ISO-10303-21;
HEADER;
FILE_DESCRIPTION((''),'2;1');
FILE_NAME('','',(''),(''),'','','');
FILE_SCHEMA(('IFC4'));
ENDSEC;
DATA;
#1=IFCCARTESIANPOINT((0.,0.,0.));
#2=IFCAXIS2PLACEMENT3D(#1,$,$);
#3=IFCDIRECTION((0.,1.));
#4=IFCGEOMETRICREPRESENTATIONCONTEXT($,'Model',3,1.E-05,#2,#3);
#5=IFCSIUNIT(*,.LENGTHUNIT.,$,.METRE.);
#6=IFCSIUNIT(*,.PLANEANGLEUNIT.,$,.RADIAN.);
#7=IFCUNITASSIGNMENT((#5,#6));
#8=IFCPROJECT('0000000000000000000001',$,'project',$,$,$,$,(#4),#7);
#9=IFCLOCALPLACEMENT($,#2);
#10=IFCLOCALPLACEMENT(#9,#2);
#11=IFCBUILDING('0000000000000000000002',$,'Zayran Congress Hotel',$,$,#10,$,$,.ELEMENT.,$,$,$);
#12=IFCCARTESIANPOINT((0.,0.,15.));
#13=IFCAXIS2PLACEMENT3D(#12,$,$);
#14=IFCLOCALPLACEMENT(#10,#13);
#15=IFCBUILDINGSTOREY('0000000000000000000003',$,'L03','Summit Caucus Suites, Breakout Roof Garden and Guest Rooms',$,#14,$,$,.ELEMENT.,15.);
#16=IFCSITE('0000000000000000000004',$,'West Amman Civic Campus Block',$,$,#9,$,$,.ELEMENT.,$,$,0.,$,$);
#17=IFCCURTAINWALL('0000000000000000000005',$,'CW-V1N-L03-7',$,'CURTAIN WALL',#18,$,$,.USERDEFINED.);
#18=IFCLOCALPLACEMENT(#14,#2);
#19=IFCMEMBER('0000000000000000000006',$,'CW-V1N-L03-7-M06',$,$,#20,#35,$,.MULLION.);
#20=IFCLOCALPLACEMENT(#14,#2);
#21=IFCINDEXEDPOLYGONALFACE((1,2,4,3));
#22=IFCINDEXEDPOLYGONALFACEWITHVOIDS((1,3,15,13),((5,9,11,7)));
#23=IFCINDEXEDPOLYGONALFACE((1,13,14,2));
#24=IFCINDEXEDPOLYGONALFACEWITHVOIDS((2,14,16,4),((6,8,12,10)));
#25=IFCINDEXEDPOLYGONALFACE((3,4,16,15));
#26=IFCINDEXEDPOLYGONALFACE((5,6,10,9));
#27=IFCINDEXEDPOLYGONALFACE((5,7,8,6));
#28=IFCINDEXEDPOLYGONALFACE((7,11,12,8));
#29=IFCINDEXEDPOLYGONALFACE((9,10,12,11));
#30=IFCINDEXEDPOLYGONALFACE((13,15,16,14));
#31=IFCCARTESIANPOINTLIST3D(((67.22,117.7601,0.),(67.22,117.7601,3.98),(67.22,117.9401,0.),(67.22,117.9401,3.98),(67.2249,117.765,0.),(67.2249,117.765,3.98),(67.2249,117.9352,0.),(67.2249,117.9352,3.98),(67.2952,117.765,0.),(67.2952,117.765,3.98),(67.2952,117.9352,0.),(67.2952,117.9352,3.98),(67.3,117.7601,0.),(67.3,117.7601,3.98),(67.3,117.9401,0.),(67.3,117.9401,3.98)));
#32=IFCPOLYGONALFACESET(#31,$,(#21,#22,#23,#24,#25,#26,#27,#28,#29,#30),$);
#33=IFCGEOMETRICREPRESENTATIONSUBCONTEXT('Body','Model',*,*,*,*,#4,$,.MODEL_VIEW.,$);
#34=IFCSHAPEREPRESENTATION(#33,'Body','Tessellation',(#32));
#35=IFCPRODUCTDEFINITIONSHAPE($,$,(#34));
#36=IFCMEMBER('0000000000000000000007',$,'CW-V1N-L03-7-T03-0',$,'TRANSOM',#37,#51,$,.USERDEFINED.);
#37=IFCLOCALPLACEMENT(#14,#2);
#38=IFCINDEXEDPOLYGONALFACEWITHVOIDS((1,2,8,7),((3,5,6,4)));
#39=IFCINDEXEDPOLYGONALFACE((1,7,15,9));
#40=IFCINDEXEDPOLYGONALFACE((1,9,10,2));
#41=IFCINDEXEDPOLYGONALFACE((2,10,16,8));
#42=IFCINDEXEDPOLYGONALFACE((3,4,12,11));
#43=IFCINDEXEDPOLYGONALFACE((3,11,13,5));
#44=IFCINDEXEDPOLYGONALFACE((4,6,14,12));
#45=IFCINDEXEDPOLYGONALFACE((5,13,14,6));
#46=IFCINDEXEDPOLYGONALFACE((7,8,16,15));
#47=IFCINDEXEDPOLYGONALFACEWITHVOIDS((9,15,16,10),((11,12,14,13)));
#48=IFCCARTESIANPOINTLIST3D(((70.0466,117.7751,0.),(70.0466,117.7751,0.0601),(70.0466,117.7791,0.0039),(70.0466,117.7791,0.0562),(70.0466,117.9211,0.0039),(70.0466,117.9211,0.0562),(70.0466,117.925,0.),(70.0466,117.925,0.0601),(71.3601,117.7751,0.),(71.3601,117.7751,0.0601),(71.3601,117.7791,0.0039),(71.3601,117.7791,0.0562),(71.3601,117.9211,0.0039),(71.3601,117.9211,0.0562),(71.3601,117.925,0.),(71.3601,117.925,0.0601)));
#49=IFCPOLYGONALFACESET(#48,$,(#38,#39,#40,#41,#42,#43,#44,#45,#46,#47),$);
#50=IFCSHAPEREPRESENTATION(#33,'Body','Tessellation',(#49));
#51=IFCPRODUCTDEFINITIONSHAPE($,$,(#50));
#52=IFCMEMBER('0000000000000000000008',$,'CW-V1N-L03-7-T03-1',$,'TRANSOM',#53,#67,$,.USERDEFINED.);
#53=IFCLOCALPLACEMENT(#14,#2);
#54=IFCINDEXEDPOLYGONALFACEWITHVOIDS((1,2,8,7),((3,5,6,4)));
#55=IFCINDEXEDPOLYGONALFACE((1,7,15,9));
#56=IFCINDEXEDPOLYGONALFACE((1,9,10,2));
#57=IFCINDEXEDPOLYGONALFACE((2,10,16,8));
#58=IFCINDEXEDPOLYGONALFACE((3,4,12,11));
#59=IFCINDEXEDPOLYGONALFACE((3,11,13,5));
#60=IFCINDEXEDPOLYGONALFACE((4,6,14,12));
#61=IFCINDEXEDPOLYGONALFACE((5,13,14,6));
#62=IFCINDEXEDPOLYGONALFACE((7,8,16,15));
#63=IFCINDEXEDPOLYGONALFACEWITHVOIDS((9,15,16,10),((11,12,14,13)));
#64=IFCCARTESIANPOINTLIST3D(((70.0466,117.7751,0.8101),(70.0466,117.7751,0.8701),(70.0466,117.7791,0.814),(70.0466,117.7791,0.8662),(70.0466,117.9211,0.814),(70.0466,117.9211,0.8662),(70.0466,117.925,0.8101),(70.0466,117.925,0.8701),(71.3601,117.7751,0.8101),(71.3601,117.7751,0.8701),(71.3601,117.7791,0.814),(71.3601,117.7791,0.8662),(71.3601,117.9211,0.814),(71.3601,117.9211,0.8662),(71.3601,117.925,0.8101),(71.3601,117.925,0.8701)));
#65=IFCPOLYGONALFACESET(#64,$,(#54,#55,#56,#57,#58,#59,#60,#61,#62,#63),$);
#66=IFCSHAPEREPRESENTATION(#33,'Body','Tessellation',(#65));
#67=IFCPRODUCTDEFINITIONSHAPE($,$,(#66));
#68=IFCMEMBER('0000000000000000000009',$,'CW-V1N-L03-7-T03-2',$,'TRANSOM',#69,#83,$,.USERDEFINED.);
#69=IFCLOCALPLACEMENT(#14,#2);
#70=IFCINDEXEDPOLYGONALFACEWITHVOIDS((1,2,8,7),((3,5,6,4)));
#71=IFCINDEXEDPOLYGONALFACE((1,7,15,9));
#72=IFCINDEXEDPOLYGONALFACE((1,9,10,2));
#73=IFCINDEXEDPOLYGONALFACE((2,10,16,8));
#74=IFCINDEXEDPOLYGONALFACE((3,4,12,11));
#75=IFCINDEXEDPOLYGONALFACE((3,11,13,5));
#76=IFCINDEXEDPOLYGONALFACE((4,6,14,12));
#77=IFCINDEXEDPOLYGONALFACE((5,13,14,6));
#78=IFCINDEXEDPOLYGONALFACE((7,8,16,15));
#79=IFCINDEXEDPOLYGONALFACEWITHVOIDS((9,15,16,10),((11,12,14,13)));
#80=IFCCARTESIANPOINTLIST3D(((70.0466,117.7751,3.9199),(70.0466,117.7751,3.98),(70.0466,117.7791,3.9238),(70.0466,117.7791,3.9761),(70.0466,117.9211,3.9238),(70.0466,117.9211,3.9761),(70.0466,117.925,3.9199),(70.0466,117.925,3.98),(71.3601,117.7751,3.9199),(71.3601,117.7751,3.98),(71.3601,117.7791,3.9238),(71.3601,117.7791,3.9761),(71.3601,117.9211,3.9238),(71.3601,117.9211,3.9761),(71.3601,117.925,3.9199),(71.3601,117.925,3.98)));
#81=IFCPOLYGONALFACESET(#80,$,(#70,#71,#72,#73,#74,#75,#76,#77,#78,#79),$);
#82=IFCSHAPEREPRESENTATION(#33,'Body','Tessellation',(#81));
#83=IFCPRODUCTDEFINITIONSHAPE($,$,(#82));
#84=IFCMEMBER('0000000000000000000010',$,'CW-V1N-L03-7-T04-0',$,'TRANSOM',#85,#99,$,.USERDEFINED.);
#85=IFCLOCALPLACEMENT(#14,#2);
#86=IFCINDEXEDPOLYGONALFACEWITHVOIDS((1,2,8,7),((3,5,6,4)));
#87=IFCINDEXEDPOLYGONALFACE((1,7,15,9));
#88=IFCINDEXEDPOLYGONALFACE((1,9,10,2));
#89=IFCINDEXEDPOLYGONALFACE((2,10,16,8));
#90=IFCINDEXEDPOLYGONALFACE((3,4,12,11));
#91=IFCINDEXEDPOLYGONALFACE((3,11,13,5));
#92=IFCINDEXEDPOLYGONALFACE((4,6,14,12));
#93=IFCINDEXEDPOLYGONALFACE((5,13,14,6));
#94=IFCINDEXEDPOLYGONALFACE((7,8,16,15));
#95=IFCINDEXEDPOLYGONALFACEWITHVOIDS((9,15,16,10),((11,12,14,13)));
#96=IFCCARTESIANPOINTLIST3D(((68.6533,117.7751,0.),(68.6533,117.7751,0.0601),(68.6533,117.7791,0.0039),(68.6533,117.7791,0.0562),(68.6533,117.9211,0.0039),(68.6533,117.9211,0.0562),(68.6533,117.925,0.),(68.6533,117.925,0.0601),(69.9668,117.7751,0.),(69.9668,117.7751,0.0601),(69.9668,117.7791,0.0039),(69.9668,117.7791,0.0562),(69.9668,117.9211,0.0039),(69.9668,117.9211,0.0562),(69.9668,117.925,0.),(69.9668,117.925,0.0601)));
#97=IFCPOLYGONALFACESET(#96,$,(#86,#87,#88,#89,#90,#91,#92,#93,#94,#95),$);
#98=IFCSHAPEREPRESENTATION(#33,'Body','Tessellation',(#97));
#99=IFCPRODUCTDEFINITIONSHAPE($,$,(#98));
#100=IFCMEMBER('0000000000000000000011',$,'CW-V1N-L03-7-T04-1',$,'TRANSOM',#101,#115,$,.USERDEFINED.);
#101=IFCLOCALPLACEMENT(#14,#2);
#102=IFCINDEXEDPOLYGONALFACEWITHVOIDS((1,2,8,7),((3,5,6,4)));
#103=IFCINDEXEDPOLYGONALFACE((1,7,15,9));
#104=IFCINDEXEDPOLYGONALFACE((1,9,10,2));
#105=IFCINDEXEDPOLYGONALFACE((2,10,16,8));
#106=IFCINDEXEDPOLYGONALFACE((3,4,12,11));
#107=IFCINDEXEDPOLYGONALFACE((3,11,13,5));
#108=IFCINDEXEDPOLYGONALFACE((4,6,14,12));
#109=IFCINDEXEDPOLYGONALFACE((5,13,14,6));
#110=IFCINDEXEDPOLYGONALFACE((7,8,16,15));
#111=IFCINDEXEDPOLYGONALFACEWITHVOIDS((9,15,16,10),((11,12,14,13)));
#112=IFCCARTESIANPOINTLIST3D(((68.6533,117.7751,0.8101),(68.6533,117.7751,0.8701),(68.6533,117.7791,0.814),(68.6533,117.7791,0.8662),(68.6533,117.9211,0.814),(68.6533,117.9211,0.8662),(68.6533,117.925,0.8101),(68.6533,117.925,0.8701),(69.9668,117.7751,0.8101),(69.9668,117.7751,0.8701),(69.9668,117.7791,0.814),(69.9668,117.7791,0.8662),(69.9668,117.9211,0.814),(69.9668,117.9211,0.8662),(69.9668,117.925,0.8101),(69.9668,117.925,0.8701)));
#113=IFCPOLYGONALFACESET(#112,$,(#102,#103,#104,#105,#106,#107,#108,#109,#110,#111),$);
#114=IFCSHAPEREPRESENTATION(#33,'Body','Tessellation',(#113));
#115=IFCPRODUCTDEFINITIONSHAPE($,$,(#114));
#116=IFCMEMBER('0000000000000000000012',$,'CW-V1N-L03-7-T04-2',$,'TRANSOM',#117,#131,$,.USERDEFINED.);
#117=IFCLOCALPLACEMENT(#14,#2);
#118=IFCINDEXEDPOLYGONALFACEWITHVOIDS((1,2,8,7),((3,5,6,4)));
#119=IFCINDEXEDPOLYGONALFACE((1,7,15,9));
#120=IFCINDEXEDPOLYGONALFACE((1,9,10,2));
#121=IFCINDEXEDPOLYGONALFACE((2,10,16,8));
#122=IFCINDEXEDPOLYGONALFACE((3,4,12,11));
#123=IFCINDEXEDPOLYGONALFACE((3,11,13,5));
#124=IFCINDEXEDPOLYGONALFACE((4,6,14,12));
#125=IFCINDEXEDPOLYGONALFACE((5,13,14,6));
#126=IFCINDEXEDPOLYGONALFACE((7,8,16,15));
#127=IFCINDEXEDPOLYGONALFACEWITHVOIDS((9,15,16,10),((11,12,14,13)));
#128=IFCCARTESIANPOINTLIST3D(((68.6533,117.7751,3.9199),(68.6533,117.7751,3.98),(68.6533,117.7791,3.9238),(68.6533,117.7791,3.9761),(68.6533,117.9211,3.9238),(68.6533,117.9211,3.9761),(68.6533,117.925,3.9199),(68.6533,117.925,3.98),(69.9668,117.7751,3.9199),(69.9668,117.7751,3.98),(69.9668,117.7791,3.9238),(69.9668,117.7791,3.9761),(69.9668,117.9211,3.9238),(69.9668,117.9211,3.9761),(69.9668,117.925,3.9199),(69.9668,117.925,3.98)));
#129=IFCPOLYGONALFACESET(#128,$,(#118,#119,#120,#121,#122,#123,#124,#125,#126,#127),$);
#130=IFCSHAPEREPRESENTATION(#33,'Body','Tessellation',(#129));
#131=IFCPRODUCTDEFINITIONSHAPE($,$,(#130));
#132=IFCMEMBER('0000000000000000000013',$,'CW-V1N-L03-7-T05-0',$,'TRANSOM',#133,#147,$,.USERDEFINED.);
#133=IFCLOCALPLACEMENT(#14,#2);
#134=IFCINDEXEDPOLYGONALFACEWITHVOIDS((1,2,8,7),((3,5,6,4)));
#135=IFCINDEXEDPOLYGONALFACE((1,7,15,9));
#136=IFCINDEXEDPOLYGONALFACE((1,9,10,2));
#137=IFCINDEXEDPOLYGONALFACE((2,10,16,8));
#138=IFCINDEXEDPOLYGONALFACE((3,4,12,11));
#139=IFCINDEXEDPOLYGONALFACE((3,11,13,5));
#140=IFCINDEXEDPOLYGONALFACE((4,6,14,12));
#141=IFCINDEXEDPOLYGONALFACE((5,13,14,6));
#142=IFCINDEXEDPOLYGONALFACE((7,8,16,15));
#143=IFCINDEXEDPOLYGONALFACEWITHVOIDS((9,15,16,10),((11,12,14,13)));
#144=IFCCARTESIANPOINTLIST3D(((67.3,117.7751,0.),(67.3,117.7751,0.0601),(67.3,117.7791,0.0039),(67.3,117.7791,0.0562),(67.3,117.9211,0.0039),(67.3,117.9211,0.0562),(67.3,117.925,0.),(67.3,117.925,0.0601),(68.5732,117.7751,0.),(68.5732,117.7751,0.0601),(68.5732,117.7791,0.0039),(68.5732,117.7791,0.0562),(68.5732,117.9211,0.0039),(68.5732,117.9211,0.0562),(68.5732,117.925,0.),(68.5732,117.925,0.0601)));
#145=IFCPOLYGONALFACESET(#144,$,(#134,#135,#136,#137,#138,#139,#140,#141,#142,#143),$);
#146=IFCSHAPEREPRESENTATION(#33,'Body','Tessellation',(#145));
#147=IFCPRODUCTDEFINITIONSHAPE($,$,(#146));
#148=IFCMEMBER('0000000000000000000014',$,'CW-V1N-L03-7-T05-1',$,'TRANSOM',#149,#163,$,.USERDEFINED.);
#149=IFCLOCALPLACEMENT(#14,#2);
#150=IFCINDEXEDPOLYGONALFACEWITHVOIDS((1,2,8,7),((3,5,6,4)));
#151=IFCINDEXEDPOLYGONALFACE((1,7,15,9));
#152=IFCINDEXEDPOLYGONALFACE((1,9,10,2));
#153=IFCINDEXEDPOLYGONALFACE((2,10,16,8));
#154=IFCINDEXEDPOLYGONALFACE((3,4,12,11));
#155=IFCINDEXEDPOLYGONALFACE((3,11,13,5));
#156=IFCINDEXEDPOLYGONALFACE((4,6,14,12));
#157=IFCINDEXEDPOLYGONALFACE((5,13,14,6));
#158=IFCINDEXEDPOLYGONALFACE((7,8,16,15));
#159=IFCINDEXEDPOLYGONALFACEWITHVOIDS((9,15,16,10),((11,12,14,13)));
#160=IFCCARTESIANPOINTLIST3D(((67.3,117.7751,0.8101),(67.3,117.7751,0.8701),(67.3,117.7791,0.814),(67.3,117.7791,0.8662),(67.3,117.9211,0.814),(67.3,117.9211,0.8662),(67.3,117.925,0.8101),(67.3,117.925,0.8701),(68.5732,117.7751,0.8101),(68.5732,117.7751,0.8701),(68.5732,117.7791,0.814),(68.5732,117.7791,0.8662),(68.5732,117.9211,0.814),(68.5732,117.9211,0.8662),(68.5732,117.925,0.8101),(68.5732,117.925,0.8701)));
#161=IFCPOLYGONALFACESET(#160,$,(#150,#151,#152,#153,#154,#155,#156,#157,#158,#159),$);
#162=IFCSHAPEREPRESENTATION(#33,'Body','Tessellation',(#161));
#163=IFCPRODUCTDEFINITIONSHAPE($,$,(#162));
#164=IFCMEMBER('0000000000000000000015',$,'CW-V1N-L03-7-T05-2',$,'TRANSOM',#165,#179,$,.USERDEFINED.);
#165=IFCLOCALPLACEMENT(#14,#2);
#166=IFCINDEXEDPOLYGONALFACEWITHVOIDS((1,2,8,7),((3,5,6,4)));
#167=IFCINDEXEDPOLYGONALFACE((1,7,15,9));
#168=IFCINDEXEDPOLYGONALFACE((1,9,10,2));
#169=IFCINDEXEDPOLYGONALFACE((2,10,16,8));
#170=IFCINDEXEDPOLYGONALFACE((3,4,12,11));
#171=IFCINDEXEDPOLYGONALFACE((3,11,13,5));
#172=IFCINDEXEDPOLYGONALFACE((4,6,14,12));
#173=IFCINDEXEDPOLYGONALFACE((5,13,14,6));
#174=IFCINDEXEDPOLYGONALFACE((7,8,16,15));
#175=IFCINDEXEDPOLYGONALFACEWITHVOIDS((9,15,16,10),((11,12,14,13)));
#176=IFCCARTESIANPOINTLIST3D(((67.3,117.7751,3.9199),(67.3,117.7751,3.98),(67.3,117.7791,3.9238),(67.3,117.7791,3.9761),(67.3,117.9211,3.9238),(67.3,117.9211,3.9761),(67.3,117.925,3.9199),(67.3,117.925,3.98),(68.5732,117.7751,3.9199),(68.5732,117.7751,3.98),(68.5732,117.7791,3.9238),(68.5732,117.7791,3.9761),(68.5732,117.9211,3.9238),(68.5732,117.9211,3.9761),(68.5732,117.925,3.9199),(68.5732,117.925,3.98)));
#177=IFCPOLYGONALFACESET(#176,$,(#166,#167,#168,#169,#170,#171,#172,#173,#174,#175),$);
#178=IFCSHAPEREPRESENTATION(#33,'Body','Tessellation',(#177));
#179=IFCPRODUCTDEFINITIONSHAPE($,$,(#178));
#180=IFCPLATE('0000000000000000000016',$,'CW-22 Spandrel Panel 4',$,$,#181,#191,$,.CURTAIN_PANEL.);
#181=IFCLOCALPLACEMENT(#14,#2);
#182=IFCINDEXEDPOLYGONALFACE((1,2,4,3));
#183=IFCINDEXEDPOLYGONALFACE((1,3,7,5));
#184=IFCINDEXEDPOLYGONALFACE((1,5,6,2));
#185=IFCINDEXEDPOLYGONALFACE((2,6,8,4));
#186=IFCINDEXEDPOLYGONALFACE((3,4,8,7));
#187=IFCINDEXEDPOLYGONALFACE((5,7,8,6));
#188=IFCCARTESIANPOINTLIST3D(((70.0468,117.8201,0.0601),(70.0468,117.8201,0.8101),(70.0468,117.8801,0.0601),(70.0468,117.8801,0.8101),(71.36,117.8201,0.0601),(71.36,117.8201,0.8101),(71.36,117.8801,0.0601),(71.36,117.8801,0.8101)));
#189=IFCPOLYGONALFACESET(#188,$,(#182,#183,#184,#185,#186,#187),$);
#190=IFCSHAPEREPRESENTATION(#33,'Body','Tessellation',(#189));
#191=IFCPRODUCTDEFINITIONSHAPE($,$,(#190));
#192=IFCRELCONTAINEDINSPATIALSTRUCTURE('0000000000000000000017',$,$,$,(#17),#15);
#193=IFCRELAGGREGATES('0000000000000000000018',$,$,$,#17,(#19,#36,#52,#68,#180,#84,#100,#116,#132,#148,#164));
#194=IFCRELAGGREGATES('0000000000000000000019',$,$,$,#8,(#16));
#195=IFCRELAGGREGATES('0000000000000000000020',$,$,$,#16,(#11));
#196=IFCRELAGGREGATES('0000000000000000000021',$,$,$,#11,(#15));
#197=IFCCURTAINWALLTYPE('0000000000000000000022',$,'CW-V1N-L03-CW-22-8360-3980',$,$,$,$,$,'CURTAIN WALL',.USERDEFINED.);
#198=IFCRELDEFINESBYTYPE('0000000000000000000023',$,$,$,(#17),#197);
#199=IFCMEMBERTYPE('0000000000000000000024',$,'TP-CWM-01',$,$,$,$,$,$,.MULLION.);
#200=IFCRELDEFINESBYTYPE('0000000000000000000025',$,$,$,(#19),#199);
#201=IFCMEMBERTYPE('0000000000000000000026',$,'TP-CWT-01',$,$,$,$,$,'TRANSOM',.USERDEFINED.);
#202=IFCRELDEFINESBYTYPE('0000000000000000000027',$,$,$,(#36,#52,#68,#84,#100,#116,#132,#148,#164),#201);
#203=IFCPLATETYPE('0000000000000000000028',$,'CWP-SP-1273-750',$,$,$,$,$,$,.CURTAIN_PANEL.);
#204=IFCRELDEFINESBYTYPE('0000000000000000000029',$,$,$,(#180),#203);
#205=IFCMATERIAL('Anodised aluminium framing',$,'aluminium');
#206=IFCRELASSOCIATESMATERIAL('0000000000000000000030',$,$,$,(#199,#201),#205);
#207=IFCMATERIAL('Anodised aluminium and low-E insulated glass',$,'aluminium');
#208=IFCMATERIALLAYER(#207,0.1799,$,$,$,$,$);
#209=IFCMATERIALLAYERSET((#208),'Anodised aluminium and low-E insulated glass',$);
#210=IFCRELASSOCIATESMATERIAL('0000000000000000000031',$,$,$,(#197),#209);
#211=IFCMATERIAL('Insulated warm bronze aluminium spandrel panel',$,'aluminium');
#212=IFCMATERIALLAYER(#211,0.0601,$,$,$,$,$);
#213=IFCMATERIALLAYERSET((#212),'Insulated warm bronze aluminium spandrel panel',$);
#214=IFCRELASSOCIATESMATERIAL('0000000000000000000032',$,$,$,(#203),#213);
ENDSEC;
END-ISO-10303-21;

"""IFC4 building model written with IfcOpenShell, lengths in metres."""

from ifc_helpers import new_model, si_unit, direction, frame, origin, origin_2d, place, context, subcontext, project, spatial, rectangle, hollow_rectangle, extrude, material, layer, layer_set, material_profile, profile_set, type_object, element, aggregate, save


model = new_model("IFC4")

# Units and contexts
model_context = context("Model", 3, precision=1e-05, world=origin(), true_north=direction((0.0, 1.0)))
body_context = subcontext(model_context, "Body", "Model", "MODEL_VIEW")
ifc_project = project(units=[si_unit("LENGTHUNIT", "METRE"), si_unit("PLANEANGLEUNIT", "RADIAN")], contexts=[model_context])

# Site, building, storey
site_placement = place(None, origin())
site = spatial("IfcSite", under=ifc_project, at=site_placement, Name="West Amman Civic Campus Block", CompositionType="ELEMENT", RefElevation=0.0)
building_placement = place(site_placement, origin())
building = spatial("IfcBuilding", under=site, at=building_placement, Name="Zayran Congress Hotel", CompositionType="ELEMENT")
storey_placement = place(building_placement, frame((0.0, 0.0, 15.0)))
storey = spatial("IfcBuildingStorey", under=building, at=storey_placement, Name="L03", Description="Summit Caucus Suites, Breakout Roof Garden and Guest Rooms", CompositionType="ELEMENT", Elevation=15.0)

# Shared definitions
ifc_material_1 = material(Name="Anodised aluminium and low-E insulated glass", Category="aluminium")
ifc_material_2 = material(Name="Anodised aluminium framing", Category="aluminium")
ifc_material_profile_1 = material_profile(ifc_material_2, hollow_rectangle(XDim=0.0801, YDim=0.1799, WallThickness=0.0049, at=origin_2d()), Name="RHS 180x80x5")
ifc_profile_set_1 = profile_set([ifc_material_profile_1], Name="Anodised aluminium framing")
member_type_1 = type_object("IfcMemberType", Name="TP-CWM-01", PredefinedType="MULLION", material=ifc_profile_set_1)

# Curtain wall, members, plate
ifc_layer_1 = layer(ifc_material_1, 0.1799)
ifc_layer_set_1 = layer_set([ifc_layer_1], Name="Anodised aluminium and low-E insulated glass")
curtain_wall_type_1 = type_object("IfcCurtainWallType", Name="CW-V1N-L03-CW-22-8360-3980", ElementType="CURTAIN WALL", PredefinedType="USERDEFINED", material=ifc_layer_set_1)
curtain_wall_1_placement = place(storey_placement, origin())
curtain_wall_1 = element("IfcCurtainWall", 1, at=curtain_wall_1_placement, inside=storey, type_object=curtain_wall_type_1, Name="CW-V1N-L03-7", ObjectType="CURTAIN WALL", PredefinedType="USERDEFINED")
member_1_placement = place(storey_placement, frame((67.26, 117.8501, 0.0), z_axis=(0.0, 0.0, 1.0), x_axis=(1.0, 0.0, 0.0)))
member_1 = element("IfcMember", 2, at=member_1_placement, type_object=member_type_1, Name="CW-V1N-L03-7-M06", PredefinedType="MULLION", context=body_context, shape_type="SweptSolid", body=[
    extrude(hollow_rectangle(XDim=0.0801, YDim=0.1799, WallThickness=0.0049, at=origin_2d()), origin(), (0.0, 0.0, 1.0), 3.98),
])
ifc_material_profile_2 = material_profile(ifc_material_2, hollow_rectangle(XDim=0.0601, YDim=0.1499, WallThickness=0.0039, at=origin_2d()), Name="RHS 150x60x4")
ifc_profile_set_2 = profile_set([ifc_material_profile_2], Name="Anodised aluminium framing")
member_type_2 = type_object("IfcMemberType", Name="TP-CWT-01", ElementType="TRANSOM", PredefinedType="USERDEFINED", material=ifc_profile_set_2)
member_2_placement = place(storey_placement, frame((71.3601, 117.8501, 0.03), z_axis=(-1.0, 0.0, 0.0), x_axis=(0.0, 0.0, 1.0)))
member_2 = element("IfcMember", 3, at=member_2_placement, type_object=member_type_2, Name="CW-V1N-L03-7-T03-0", ObjectType="TRANSOM", PredefinedType="USERDEFINED", context=body_context, shape_type="SweptSolid", body=[
    extrude(hollow_rectangle(XDim=0.0601, YDim=0.1499, WallThickness=0.0039, at=origin_2d()), origin(), (0.0, 0.0, 1.0), 1.3135),
])
member_3_placement = place(storey_placement, frame((71.3601, 117.8501, 0.8401), z_axis=(-1.0, 0.0, 0.0), x_axis=(0.0, 0.0, 1.0)))
member_3 = element("IfcMember", 4, at=member_3_placement, type_object=member_type_2, Name="CW-V1N-L03-7-T03-1", ObjectType="TRANSOM", PredefinedType="USERDEFINED", context=body_context, shape_type="SweptSolid", body=[
    extrude(hollow_rectangle(XDim=0.0601, YDim=0.1499, WallThickness=0.0039, at=origin_2d()), origin(), (0.0, 0.0, 1.0), 1.3135),
])
member_4_placement = place(storey_placement, frame((71.3601, 117.8501, 3.95), z_axis=(-1.0, 0.0, 0.0), x_axis=(0.0, 0.0, 1.0)))
member_4 = element("IfcMember", 5, at=member_4_placement, type_object=member_type_2, Name="CW-V1N-L03-7-T03-2", ObjectType="TRANSOM", PredefinedType="USERDEFINED", context=body_context, shape_type="SweptSolid", body=[
    extrude(hollow_rectangle(XDim=0.0601, YDim=0.1499, WallThickness=0.0039, at=origin_2d()), origin(), (0.0, 0.0, 1.0), 1.3135),
])
member_5_placement = place(storey_placement, frame((69.9668, 117.8501, 0.03), z_axis=(-1.0, 0.0, 0.0), x_axis=(0.0, 0.0, 1.0)))
member_5 = element("IfcMember", 6, at=member_5_placement, type_object=member_type_2, Name="CW-V1N-L03-7-T04-0", ObjectType="TRANSOM", PredefinedType="USERDEFINED", context=body_context, shape_type="SweptSolid", body=[
    extrude(hollow_rectangle(XDim=0.0601, YDim=0.1499, WallThickness=0.0039, at=origin_2d()), origin(), (0.0, 0.0, 1.0), 1.3135),
])
member_6_placement = place(storey_placement, frame((69.9668, 117.8501, 0.8401), z_axis=(-1.0, 0.0, 0.0), x_axis=(0.0, 0.0, 1.0)))
member_6 = element("IfcMember", 7, at=member_6_placement, type_object=member_type_2, Name="CW-V1N-L03-7-T04-1", ObjectType="TRANSOM", PredefinedType="USERDEFINED", context=body_context, shape_type="SweptSolid", body=[
    extrude(hollow_rectangle(XDim=0.0601, YDim=0.1499, WallThickness=0.0039, at=origin_2d()), origin(), (0.0, 0.0, 1.0), 1.3135),
])
member_7_placement = place(storey_placement, frame((69.9668, 117.8501, 3.95), z_axis=(-1.0, 0.0, 0.0), x_axis=(0.0, 0.0, 1.0)))
member_7 = element("IfcMember", 8, at=member_7_placement, type_object=member_type_2, Name="CW-V1N-L03-7-T04-2", ObjectType="TRANSOM", PredefinedType="USERDEFINED", context=body_context, shape_type="SweptSolid", body=[
    extrude(hollow_rectangle(XDim=0.0601, YDim=0.1499, WallThickness=0.0039, at=origin_2d()), origin(), (0.0, 0.0, 1.0), 1.3135),
])
member_8_placement = place(storey_placement, frame((68.5732, 117.8501, 0.03), z_axis=(-1.0, 0.0, 0.0), x_axis=(0.0, 0.0, 1.0)))
member_8 = element("IfcMember", 9, at=member_8_placement, type_object=member_type_2, Name="CW-V1N-L03-7-T05-0", ObjectType="TRANSOM", PredefinedType="USERDEFINED", context=body_context, shape_type="SweptSolid", body=[
    extrude(hollow_rectangle(XDim=0.0601, YDim=0.1499, WallThickness=0.0039, at=origin_2d()), origin(), (0.0, 0.0, 1.0), 1.2732),
])
member_9_placement = place(storey_placement, frame((68.5732, 117.8501, 0.8401), z_axis=(-1.0, 0.0, 0.0), x_axis=(0.0, 0.0, 1.0)))
member_9 = element("IfcMember", 10, at=member_9_placement, type_object=member_type_2, Name="CW-V1N-L03-7-T05-1", ObjectType="TRANSOM", PredefinedType="USERDEFINED", context=body_context, shape_type="SweptSolid", body=[
    extrude(hollow_rectangle(XDim=0.0601, YDim=0.1499, WallThickness=0.0039, at=origin_2d()), origin(), (0.0, 0.0, 1.0), 1.2732),
])
member_10_placement = place(storey_placement, frame((68.5732, 117.8501, 3.95), z_axis=(-1.0, 0.0, 0.0), x_axis=(0.0, 0.0, 1.0)))
member_10 = element("IfcMember", 11, at=member_10_placement, type_object=member_type_2, Name="CW-V1N-L03-7-T05-2", ObjectType="TRANSOM", PredefinedType="USERDEFINED", context=body_context, shape_type="SweptSolid", body=[
    extrude(hollow_rectangle(XDim=0.0601, YDim=0.1499, WallThickness=0.0039, at=origin_2d()), origin(), (0.0, 0.0, 1.0), 1.2732),
])
ifc_material_3 = material(Name="Insulated warm bronze aluminium spandrel panel", Category="aluminium")
ifc_layer_2 = layer(ifc_material_3, 0.0601)
ifc_layer_set_2 = layer_set([ifc_layer_2], Name="Insulated warm bronze aluminium spandrel panel")
plate_type_1 = type_object("IfcPlateType", Name="CWP-SP-1273-750", PredefinedType="CURTAIN_PANEL", material=ifc_layer_set_2)
plate_1_placement = place(storey_placement, frame((70.7034, 117.8501, 0.0601), z_axis=(0.0, 0.0, 1.0), x_axis=(1.0, 0.0, 0.0)))
plate_1 = element("IfcPlate", 12, at=plate_1_placement, type_object=plate_type_1, Name="CW-22 Spandrel Panel 4", PredefinedType="CURTAIN_PANEL", context=body_context, shape_type="SweptSolid", body=[
    extrude(rectangle(XDim=1.3132, YDim=0.0601, at=origin_2d()), origin(), (0.0, 0.0, 1.0), 0.75),
])
aggregate(curtain_wall_1, [member_1, member_2, member_3, member_4, plate_1, member_5, member_6, member_7, member_8, member_9, member_10])

save(model, "model.ifc")
